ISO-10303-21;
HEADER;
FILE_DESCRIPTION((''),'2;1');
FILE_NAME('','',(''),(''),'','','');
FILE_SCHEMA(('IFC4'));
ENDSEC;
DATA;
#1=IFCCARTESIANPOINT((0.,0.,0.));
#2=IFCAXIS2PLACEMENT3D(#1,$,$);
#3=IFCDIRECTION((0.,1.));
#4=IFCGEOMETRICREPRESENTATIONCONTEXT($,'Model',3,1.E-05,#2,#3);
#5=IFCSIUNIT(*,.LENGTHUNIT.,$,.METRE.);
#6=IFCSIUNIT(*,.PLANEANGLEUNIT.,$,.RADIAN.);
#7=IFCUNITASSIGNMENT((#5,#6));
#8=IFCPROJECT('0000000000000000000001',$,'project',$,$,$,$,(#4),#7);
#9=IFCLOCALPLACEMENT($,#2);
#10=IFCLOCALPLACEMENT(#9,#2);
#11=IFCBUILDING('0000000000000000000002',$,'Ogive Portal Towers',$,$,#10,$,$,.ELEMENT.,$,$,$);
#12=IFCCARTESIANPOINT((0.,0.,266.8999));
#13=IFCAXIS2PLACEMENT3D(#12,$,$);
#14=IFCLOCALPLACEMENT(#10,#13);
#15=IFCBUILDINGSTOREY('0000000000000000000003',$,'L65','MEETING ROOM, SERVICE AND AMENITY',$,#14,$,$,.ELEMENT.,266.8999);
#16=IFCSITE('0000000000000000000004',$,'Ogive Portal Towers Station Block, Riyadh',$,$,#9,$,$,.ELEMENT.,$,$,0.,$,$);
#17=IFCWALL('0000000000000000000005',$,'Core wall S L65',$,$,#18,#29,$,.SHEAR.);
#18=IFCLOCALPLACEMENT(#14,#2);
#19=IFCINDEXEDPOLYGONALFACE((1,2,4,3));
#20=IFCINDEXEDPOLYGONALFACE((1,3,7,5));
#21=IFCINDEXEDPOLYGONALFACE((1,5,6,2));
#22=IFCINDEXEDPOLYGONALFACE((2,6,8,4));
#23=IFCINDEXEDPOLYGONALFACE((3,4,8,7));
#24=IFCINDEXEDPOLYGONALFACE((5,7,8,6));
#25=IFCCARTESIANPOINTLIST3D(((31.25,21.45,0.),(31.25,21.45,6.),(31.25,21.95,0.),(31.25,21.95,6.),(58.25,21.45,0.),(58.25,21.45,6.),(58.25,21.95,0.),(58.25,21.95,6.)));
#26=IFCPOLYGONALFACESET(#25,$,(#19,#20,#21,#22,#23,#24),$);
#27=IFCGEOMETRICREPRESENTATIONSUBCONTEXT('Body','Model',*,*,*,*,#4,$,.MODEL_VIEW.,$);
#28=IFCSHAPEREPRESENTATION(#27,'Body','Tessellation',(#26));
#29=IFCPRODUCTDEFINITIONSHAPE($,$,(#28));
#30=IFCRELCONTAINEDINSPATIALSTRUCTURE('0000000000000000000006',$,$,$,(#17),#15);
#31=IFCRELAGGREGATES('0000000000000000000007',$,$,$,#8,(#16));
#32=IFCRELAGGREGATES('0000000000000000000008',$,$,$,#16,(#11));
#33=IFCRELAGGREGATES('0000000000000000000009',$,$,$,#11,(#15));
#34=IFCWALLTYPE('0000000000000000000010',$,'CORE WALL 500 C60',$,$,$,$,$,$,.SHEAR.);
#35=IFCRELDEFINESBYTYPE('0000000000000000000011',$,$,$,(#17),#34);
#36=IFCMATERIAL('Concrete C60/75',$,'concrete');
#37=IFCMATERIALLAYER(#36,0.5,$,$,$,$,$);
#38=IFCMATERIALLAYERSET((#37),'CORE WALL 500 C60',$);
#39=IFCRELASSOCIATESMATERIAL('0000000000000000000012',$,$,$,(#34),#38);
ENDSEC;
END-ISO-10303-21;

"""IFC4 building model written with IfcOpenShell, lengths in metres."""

from ifc_helpers import new_model, si_unit, direction, frame, frame_2d, origin, place, context, subcontext, project, spatial, rectangle, extrude, material, layer, layer_set, type_object, element, save


model = new_model("IFC4")

# Units and contexts
model_context = context("Model", 3, precision=1e-05, world=origin(), true_north=direction((0.0, 1.0)))
body_context = subcontext(model_context, "Body", "Model", "MODEL_VIEW")
ifc_project = project(units=[si_unit("LENGTHUNIT", "METRE"), si_unit("PLANEANGLEUNIT", "RADIAN")], contexts=[model_context])

# Site, building, storey
site_placement = place(None, origin())
site = spatial("IfcSite", under=ifc_project, at=site_placement, Name="Ogive Portal Towers Station Block, Riyadh", CompositionType="ELEMENT", RefElevation=0.0)
building_placement = place(site_placement, origin())
building = spatial("IfcBuilding", under=site, at=building_placement, Name="Ogive Portal Towers", CompositionType="ELEMENT")
storey_placement = place(building_placement, frame((0.0, 0.0, 266.8999)))
storey = spatial("IfcBuildingStorey", under=building, at=storey_placement, Name="L65", Description="MEETING ROOM, SERVICE AND AMENITY", CompositionType="ELEMENT", Elevation=266.8999)

# Wall
ifc_material_1 = material(Name="Concrete C60/75", Category="concrete")
ifc_layer_1 = layer(ifc_material_1, 0.5)
ifc_layer_set_1 = layer_set([ifc_layer_1], Name="CORE WALL 500 C60")
wall_type = type_object("IfcWallType", Name="CORE WALL 500 C60", PredefinedType="SHEAR", material=ifc_layer_set_1)
wall_placement = place(storey_placement, frame((31.25, 21.7, 0.0), z_axis=(0.0, 0.0, 1.0), x_axis=(1.0, 0.0, 0.0)))
element("IfcWall", 1, at=wall_placement, inside=storey, type_object=wall_type, Name="Core wall S L65", PredefinedType="SHEAR", context=body_context, shape_type="SweptSolid", body=[
    extrude(rectangle(XDim=27.0, YDim=0.5, at=frame_2d((13.5, 0.0))), origin(), (0.0, 0.0, 1.0), 6.0),
])

save(model, "model.ifc")
